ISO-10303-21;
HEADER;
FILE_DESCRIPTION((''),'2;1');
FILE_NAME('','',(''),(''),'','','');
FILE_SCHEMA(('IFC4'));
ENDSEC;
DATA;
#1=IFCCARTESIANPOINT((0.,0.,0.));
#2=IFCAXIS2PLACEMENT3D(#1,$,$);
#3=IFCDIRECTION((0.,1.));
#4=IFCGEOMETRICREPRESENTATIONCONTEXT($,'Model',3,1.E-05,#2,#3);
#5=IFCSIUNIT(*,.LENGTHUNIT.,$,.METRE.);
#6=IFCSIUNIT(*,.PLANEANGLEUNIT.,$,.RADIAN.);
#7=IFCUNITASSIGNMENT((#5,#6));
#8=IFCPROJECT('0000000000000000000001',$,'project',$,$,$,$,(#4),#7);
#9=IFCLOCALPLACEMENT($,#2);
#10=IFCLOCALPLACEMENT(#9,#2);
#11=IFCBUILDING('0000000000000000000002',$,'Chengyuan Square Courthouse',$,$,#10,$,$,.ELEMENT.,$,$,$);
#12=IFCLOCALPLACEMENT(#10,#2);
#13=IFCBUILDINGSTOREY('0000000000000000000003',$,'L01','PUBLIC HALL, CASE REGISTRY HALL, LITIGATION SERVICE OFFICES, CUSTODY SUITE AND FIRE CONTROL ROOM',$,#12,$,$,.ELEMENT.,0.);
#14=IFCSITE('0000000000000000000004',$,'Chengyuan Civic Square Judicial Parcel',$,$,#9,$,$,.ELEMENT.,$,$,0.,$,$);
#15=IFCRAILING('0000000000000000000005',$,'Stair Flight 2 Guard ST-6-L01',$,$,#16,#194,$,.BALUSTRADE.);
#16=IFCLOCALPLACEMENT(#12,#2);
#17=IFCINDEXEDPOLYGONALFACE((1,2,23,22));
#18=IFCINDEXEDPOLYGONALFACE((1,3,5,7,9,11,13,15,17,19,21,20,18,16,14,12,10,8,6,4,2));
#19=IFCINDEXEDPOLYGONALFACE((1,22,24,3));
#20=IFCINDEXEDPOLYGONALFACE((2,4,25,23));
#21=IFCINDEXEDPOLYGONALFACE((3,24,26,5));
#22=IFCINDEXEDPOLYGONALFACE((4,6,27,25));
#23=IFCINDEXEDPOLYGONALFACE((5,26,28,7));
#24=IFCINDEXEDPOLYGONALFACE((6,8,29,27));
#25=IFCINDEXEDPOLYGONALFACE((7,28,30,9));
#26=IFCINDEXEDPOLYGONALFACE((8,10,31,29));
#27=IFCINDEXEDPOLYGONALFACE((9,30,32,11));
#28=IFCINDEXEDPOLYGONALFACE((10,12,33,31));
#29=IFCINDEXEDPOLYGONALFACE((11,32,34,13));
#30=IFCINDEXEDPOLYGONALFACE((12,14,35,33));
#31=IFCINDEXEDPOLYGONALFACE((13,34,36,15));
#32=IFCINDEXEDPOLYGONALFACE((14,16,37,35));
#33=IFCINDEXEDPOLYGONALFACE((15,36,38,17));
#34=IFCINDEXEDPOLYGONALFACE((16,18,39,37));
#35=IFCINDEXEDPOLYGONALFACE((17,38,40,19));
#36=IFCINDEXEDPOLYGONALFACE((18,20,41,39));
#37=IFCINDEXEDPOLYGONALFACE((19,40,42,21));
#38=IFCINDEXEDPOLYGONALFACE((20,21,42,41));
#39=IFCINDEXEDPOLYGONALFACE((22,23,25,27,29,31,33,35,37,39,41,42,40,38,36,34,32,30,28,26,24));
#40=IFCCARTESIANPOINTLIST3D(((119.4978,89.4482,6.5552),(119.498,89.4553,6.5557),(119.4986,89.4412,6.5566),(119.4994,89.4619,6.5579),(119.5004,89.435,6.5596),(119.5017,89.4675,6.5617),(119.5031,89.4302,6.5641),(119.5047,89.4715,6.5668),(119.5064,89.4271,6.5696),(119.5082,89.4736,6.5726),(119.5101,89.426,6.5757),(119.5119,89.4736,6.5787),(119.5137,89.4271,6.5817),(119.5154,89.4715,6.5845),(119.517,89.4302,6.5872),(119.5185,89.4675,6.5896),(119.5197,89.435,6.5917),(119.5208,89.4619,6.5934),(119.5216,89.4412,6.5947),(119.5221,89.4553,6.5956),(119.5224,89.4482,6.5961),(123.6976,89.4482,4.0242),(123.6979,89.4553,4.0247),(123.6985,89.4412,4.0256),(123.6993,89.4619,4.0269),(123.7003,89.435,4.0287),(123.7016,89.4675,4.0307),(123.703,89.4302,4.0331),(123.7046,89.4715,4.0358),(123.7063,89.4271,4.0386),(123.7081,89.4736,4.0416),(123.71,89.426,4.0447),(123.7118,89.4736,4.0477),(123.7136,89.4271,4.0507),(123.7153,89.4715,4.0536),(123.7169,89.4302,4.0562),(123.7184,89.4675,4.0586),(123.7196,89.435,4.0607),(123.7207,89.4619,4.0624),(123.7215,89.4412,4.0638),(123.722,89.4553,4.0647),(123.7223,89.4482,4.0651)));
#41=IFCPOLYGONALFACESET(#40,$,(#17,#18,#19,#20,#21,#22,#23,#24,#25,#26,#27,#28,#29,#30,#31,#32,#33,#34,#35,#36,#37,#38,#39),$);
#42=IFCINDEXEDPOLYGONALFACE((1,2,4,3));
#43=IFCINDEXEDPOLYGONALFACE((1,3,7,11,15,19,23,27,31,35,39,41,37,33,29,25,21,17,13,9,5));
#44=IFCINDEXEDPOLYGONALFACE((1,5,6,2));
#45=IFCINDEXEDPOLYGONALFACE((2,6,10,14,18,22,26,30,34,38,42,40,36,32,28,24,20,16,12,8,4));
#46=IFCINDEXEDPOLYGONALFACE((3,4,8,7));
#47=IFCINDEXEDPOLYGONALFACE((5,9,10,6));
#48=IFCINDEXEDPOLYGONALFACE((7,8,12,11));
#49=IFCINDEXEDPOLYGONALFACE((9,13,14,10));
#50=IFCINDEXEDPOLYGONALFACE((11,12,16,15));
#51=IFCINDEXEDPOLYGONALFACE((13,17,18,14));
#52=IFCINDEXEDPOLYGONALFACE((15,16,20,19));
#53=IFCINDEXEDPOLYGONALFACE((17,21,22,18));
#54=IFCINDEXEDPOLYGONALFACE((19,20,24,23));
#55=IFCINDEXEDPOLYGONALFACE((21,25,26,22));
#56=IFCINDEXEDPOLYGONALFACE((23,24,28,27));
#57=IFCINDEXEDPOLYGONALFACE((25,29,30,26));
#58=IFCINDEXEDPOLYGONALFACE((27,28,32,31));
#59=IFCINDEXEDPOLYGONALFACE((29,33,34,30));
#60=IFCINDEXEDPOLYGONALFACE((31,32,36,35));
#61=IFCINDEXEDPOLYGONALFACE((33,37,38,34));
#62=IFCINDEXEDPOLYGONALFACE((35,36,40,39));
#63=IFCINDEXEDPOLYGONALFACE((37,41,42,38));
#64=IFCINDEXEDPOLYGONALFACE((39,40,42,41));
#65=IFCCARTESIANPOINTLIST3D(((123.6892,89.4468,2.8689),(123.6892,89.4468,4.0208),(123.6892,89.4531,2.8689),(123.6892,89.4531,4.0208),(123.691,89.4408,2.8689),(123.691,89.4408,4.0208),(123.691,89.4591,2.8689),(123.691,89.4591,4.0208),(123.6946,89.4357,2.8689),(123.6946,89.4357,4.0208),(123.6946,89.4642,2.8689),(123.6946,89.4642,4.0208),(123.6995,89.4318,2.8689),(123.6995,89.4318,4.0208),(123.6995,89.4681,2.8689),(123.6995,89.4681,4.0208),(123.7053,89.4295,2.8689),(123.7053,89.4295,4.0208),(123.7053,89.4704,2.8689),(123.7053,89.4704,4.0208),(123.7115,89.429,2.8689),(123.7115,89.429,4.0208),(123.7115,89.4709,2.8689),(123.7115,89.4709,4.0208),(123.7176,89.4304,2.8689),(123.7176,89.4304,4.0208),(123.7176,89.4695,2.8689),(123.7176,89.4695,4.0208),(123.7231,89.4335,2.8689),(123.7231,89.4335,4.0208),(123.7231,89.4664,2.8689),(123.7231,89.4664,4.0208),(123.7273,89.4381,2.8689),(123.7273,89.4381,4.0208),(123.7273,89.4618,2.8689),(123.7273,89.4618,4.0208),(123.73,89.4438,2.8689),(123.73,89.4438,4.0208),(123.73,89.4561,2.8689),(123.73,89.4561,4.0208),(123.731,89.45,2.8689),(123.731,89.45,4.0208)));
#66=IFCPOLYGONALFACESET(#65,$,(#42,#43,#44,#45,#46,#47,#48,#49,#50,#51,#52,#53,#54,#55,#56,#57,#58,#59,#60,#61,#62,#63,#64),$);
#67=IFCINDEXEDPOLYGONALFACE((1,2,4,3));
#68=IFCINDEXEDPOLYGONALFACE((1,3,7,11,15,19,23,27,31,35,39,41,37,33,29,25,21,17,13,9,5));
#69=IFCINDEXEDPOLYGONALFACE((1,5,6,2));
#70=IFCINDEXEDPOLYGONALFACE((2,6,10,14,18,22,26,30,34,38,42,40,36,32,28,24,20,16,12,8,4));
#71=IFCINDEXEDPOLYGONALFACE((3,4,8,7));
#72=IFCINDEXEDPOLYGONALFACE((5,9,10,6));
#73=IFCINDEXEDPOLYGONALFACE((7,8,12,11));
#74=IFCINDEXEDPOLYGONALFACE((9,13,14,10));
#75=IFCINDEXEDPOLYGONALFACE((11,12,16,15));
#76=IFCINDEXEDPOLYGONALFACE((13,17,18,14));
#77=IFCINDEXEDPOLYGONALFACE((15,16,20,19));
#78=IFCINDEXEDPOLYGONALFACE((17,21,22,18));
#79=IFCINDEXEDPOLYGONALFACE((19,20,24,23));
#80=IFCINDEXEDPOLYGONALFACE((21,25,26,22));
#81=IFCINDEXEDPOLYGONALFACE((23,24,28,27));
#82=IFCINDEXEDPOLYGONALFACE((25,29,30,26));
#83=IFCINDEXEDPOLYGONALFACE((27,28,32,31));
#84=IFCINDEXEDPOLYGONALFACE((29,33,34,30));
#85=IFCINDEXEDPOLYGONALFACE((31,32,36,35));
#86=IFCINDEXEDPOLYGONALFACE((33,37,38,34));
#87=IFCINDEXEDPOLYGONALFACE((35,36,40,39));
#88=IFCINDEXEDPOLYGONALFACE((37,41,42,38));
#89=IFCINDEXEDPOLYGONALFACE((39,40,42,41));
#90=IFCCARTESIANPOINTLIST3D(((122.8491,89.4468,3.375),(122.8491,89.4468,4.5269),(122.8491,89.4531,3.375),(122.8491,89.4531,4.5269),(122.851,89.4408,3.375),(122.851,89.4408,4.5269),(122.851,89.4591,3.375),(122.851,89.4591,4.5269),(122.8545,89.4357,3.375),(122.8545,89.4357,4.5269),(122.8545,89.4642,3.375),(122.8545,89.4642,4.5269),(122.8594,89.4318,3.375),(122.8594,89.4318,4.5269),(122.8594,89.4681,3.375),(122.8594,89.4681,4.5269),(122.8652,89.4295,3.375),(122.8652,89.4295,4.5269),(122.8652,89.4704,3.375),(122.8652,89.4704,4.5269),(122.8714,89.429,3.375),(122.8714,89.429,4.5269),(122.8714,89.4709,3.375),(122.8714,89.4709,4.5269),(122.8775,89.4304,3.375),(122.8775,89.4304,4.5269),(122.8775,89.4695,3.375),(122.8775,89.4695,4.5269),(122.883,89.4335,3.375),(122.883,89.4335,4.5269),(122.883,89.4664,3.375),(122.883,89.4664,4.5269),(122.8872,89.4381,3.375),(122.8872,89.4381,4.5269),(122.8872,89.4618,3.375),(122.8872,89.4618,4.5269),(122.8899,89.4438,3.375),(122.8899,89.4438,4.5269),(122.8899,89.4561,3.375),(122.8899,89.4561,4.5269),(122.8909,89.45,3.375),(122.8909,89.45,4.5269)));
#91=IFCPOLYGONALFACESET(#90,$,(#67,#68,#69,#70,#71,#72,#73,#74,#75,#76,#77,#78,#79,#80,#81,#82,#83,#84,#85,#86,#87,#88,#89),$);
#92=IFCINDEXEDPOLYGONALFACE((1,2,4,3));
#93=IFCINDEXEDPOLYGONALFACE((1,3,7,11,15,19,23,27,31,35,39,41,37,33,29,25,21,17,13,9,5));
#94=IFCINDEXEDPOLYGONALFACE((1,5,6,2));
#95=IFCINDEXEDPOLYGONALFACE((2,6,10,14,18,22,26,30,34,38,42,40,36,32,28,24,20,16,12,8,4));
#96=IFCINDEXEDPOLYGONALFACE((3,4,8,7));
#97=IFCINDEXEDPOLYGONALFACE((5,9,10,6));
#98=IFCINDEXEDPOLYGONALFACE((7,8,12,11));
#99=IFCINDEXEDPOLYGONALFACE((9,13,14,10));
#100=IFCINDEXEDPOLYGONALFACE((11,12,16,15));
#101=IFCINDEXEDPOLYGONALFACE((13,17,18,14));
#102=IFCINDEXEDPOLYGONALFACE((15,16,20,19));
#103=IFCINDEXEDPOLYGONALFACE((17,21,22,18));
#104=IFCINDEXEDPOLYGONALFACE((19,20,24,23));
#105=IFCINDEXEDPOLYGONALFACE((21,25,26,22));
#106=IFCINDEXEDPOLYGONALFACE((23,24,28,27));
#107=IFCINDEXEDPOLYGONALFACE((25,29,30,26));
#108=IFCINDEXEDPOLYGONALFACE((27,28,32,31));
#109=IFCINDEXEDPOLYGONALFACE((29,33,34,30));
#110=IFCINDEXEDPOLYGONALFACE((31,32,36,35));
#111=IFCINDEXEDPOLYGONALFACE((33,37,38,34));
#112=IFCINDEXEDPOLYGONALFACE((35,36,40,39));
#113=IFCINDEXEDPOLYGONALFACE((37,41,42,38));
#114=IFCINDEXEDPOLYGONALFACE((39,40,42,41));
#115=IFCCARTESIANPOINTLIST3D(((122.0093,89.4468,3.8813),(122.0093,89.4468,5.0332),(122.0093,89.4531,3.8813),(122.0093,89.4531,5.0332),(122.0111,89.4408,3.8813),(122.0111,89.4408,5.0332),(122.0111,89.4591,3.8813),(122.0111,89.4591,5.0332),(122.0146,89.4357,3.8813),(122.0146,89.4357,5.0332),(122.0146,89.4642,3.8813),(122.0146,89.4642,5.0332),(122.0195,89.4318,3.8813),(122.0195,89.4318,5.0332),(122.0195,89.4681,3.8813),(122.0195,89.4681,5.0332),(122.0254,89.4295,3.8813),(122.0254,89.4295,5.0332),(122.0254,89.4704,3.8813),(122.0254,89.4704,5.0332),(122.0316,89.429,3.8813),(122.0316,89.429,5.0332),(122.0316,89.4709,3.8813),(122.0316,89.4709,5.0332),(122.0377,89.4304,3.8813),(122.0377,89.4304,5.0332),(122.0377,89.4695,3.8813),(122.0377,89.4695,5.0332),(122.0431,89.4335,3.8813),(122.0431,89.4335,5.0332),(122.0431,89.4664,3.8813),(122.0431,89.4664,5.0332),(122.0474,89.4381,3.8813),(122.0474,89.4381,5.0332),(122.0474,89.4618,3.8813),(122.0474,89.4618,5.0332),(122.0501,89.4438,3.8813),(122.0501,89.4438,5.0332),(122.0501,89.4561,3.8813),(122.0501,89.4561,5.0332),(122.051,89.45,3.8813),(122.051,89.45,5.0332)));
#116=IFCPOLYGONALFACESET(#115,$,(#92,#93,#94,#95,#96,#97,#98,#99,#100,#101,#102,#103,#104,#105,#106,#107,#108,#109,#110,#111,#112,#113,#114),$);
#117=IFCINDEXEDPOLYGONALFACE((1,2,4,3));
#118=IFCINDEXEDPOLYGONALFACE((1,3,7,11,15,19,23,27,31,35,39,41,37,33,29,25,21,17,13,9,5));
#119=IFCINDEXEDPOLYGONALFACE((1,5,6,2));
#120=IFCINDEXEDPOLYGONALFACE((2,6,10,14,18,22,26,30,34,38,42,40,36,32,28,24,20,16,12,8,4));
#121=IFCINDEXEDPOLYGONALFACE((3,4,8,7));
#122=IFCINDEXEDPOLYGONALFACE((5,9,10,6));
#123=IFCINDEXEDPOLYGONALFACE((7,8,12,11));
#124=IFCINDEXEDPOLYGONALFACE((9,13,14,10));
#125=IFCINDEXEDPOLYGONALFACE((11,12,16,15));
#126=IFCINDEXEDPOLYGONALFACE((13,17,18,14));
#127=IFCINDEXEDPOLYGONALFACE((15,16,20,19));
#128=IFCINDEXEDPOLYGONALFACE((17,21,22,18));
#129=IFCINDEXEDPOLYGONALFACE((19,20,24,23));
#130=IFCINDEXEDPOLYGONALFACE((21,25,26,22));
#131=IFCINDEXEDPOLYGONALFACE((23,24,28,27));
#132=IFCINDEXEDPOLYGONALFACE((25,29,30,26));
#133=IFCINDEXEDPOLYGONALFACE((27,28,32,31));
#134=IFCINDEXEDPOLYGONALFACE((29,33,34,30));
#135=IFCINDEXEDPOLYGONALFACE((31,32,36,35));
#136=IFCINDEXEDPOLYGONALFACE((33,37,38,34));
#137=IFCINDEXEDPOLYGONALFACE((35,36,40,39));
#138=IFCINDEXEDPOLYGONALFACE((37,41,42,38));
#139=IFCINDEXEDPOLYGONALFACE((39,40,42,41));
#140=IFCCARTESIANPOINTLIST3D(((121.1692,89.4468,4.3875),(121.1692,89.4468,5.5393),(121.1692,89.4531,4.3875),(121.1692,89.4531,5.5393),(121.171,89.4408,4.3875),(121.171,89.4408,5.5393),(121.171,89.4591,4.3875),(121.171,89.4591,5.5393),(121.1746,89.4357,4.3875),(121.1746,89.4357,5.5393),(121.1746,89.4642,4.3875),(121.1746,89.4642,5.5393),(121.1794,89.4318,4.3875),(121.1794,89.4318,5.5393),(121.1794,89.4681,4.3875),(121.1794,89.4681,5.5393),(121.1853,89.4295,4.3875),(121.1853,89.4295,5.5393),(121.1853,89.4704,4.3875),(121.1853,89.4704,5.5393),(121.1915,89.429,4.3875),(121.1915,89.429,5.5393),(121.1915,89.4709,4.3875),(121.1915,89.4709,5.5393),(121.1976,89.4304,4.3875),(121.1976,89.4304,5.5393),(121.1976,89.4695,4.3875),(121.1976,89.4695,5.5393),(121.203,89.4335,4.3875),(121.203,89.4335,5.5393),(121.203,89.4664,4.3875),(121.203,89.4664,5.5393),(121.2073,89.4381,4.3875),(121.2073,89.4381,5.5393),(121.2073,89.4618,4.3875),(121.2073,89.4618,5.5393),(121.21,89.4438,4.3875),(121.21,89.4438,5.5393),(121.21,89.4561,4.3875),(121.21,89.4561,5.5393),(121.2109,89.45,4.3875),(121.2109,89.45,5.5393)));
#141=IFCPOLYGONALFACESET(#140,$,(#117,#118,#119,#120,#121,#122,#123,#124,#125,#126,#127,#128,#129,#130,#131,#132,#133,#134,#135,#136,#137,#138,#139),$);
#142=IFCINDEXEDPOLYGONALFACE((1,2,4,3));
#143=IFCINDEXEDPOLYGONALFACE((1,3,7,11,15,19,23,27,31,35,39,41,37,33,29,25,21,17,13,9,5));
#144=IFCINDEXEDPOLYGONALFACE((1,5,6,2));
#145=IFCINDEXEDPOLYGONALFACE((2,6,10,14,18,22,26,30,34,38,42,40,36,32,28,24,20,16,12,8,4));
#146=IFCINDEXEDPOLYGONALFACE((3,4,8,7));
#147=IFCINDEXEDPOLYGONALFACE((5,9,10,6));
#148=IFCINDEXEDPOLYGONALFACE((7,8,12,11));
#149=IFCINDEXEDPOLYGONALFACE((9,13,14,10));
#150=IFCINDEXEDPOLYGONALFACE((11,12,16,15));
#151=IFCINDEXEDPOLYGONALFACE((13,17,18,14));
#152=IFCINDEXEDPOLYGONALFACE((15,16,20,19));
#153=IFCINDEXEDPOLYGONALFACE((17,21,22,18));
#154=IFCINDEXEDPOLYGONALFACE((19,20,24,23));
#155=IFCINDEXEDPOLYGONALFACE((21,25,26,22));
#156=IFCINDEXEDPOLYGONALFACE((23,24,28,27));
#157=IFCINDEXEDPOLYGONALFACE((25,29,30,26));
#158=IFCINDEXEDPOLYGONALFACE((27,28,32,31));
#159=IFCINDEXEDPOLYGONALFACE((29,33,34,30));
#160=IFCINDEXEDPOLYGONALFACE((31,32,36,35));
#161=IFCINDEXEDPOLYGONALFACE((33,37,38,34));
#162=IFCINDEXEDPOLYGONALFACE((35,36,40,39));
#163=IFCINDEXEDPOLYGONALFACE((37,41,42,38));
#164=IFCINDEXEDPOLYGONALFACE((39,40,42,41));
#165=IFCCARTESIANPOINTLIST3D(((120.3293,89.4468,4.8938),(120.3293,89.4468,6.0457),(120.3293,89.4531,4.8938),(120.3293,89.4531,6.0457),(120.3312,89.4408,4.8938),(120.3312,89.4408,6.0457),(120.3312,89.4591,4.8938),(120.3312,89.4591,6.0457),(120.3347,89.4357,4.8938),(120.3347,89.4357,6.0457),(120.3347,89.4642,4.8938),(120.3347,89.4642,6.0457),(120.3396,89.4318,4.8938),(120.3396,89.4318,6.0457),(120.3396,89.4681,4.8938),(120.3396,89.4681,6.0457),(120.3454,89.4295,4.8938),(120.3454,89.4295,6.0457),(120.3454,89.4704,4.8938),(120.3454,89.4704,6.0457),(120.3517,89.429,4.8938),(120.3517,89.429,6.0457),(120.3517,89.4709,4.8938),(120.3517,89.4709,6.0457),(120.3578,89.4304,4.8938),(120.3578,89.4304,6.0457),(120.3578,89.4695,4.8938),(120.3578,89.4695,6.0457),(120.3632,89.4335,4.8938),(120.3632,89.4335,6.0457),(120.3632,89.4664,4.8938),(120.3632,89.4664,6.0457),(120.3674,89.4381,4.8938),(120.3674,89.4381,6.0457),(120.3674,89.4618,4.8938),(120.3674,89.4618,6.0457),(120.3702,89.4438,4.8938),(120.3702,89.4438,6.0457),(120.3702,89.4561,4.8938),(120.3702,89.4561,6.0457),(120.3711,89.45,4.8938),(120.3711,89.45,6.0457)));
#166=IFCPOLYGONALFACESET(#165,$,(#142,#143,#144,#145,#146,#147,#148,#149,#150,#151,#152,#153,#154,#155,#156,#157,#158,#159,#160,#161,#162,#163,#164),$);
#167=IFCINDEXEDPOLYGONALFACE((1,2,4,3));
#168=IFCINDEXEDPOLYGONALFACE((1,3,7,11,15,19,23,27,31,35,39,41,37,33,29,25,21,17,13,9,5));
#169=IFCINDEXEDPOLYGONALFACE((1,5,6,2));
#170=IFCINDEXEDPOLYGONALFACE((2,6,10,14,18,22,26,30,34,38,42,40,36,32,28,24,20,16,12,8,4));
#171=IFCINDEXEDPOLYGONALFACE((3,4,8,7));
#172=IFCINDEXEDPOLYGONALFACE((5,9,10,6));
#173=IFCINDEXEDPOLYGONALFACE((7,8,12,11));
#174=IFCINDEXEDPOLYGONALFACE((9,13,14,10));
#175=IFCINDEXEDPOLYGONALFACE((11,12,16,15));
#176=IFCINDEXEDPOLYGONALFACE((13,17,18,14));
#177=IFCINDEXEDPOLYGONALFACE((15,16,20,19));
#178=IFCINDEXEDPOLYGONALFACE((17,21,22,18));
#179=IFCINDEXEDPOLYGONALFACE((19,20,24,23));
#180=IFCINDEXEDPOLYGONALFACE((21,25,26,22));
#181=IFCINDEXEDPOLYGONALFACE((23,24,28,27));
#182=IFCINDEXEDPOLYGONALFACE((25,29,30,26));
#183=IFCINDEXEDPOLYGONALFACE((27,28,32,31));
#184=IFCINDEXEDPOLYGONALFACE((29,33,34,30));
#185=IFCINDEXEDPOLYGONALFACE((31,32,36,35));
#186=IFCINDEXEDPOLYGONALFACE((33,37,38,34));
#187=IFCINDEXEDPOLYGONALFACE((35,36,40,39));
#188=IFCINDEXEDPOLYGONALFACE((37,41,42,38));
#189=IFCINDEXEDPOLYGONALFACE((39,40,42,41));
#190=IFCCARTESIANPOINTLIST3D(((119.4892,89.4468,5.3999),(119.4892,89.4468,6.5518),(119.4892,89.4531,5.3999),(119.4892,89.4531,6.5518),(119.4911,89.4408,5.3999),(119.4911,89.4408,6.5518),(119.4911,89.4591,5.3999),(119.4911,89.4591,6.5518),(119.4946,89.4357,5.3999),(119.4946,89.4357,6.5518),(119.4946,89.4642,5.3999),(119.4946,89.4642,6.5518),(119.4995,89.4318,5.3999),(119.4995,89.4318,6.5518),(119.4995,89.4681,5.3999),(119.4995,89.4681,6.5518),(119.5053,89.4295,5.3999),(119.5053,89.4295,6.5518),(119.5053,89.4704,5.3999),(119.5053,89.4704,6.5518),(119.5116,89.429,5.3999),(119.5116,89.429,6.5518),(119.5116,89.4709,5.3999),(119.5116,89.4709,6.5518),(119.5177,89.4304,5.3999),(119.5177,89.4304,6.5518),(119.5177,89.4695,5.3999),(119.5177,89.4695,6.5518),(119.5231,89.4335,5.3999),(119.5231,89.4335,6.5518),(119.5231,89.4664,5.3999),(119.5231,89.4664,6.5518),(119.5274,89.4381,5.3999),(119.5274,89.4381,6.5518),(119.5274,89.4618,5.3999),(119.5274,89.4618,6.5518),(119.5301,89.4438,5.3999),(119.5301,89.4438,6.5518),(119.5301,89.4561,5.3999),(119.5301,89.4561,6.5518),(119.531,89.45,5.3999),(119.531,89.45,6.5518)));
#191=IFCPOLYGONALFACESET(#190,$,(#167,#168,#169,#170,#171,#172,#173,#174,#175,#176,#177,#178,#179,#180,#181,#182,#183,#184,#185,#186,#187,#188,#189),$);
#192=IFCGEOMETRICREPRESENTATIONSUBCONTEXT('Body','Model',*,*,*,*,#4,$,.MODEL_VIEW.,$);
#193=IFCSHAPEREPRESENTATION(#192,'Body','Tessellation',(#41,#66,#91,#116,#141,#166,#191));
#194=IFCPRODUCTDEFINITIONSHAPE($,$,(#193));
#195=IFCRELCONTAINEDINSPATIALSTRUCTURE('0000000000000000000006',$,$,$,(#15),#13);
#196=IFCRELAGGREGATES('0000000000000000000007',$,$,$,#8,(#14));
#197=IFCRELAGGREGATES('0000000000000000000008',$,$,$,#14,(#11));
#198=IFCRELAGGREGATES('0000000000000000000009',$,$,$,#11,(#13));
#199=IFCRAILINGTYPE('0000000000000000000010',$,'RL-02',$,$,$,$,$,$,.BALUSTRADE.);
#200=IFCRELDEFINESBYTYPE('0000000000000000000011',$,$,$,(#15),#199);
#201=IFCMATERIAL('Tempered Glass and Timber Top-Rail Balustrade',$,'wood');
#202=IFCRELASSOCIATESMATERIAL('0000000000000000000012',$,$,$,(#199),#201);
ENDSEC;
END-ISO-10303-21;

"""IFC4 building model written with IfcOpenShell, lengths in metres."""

from ifc_helpers import new_model, si_unit, direction, frame, origin, origin_2d, place, context, subcontext, project, spatial, circle, extrude, material, type_object, element, save


model = new_model("IFC4")

# Units and contexts
model_context = context("Model", 3, precision=1e-05, world=origin(), true_north=direction((0.0, 1.0)))
body_context = subcontext(model_context, "Body", "Model", "MODEL_VIEW")
ifc_project = project(units=[si_unit("LENGTHUNIT", "METRE"), si_unit("PLANEANGLEUNIT", "RADIAN")], contexts=[model_context])

# Site, building, storey
site_placement = place(None, origin())
site = spatial("IfcSite", under=ifc_project, at=site_placement, Name="Chengyuan Civic Square Judicial Parcel", CompositionType="ELEMENT", RefElevation=0.0)
building_placement = place(site_placement, origin())
building = spatial("IfcBuilding", under=site, at=building_placement, Name="Chengyuan Square Courthouse", CompositionType="ELEMENT")
storey_placement = place(building_placement, origin())
storey = spatial("IfcBuildingStorey", under=building, at=storey_placement, Name="L01", Description="PUBLIC HALL, CASE REGISTRY HALL, LITIGATION SERVICE OFFICES, CUSTODY SUITE AND FIRE CONTROL ROOM", CompositionType="ELEMENT", Elevation=0.0)

# Railing
ifc_material_1 = material(Name="Tempered Glass and Timber Top-Rail Balustrade", Category="wood")
railing_type_1 = type_object("IfcRailingType", Name="RL-02", PredefinedType="BALUSTRADE", material=ifc_material_1)
railing_1_placement = place(storey_placement, frame((123.71, 89.45, 2.8689)))
element("IfcRailing", 1, at=railing_1_placement, inside=storey, type_object=railing_type_1, Name="Stair Flight 2 Guard ST-6-L01", PredefinedType="BALUSTRADE", context=body_context, shape_type="SweptSolid", body=[
    extrude(circle(Radius=0.0239, at=origin_2d()), frame((0.0, 0.0, 1.1758), z_axis=(-0.856499, 0.0, 0.51615), x_axis=(0.0, -1.0, 0.0)), (0.0, 0.0, 1.0), 4.9036),
    extrude(circle(Radius=0.021, at=origin_2d()), origin(), (0.0, 0.0, 1.0), 1.1519),
    extrude(circle(Radius=0.021, at=origin_2d()), frame((-0.8401, 0.0, 0.5061)), (0.0, 0.0, 1.0), 1.1519),
    extrude(circle(Radius=0.021, at=origin_2d()), frame((-1.6799, 0.0, 1.0125)), (0.0, 0.0, 1.0), 1.1519),
    extrude(circle(Radius=0.021, at=origin_2d()), frame((-2.52, 0.0, 1.5186)), (0.0, 0.0, 1.0), 1.1519),
    extrude(circle(Radius=0.021, at=origin_2d()), frame((-3.3599, 0.0, 2.0249)), (0.0, 0.0, 1.0), 1.1519),
    extrude(circle(Radius=0.021, at=origin_2d()), frame((-4.2, 0.0, 2.531)), (0.0, 0.0, 1.0), 1.1519),
])

save(model, "model.ifc")
